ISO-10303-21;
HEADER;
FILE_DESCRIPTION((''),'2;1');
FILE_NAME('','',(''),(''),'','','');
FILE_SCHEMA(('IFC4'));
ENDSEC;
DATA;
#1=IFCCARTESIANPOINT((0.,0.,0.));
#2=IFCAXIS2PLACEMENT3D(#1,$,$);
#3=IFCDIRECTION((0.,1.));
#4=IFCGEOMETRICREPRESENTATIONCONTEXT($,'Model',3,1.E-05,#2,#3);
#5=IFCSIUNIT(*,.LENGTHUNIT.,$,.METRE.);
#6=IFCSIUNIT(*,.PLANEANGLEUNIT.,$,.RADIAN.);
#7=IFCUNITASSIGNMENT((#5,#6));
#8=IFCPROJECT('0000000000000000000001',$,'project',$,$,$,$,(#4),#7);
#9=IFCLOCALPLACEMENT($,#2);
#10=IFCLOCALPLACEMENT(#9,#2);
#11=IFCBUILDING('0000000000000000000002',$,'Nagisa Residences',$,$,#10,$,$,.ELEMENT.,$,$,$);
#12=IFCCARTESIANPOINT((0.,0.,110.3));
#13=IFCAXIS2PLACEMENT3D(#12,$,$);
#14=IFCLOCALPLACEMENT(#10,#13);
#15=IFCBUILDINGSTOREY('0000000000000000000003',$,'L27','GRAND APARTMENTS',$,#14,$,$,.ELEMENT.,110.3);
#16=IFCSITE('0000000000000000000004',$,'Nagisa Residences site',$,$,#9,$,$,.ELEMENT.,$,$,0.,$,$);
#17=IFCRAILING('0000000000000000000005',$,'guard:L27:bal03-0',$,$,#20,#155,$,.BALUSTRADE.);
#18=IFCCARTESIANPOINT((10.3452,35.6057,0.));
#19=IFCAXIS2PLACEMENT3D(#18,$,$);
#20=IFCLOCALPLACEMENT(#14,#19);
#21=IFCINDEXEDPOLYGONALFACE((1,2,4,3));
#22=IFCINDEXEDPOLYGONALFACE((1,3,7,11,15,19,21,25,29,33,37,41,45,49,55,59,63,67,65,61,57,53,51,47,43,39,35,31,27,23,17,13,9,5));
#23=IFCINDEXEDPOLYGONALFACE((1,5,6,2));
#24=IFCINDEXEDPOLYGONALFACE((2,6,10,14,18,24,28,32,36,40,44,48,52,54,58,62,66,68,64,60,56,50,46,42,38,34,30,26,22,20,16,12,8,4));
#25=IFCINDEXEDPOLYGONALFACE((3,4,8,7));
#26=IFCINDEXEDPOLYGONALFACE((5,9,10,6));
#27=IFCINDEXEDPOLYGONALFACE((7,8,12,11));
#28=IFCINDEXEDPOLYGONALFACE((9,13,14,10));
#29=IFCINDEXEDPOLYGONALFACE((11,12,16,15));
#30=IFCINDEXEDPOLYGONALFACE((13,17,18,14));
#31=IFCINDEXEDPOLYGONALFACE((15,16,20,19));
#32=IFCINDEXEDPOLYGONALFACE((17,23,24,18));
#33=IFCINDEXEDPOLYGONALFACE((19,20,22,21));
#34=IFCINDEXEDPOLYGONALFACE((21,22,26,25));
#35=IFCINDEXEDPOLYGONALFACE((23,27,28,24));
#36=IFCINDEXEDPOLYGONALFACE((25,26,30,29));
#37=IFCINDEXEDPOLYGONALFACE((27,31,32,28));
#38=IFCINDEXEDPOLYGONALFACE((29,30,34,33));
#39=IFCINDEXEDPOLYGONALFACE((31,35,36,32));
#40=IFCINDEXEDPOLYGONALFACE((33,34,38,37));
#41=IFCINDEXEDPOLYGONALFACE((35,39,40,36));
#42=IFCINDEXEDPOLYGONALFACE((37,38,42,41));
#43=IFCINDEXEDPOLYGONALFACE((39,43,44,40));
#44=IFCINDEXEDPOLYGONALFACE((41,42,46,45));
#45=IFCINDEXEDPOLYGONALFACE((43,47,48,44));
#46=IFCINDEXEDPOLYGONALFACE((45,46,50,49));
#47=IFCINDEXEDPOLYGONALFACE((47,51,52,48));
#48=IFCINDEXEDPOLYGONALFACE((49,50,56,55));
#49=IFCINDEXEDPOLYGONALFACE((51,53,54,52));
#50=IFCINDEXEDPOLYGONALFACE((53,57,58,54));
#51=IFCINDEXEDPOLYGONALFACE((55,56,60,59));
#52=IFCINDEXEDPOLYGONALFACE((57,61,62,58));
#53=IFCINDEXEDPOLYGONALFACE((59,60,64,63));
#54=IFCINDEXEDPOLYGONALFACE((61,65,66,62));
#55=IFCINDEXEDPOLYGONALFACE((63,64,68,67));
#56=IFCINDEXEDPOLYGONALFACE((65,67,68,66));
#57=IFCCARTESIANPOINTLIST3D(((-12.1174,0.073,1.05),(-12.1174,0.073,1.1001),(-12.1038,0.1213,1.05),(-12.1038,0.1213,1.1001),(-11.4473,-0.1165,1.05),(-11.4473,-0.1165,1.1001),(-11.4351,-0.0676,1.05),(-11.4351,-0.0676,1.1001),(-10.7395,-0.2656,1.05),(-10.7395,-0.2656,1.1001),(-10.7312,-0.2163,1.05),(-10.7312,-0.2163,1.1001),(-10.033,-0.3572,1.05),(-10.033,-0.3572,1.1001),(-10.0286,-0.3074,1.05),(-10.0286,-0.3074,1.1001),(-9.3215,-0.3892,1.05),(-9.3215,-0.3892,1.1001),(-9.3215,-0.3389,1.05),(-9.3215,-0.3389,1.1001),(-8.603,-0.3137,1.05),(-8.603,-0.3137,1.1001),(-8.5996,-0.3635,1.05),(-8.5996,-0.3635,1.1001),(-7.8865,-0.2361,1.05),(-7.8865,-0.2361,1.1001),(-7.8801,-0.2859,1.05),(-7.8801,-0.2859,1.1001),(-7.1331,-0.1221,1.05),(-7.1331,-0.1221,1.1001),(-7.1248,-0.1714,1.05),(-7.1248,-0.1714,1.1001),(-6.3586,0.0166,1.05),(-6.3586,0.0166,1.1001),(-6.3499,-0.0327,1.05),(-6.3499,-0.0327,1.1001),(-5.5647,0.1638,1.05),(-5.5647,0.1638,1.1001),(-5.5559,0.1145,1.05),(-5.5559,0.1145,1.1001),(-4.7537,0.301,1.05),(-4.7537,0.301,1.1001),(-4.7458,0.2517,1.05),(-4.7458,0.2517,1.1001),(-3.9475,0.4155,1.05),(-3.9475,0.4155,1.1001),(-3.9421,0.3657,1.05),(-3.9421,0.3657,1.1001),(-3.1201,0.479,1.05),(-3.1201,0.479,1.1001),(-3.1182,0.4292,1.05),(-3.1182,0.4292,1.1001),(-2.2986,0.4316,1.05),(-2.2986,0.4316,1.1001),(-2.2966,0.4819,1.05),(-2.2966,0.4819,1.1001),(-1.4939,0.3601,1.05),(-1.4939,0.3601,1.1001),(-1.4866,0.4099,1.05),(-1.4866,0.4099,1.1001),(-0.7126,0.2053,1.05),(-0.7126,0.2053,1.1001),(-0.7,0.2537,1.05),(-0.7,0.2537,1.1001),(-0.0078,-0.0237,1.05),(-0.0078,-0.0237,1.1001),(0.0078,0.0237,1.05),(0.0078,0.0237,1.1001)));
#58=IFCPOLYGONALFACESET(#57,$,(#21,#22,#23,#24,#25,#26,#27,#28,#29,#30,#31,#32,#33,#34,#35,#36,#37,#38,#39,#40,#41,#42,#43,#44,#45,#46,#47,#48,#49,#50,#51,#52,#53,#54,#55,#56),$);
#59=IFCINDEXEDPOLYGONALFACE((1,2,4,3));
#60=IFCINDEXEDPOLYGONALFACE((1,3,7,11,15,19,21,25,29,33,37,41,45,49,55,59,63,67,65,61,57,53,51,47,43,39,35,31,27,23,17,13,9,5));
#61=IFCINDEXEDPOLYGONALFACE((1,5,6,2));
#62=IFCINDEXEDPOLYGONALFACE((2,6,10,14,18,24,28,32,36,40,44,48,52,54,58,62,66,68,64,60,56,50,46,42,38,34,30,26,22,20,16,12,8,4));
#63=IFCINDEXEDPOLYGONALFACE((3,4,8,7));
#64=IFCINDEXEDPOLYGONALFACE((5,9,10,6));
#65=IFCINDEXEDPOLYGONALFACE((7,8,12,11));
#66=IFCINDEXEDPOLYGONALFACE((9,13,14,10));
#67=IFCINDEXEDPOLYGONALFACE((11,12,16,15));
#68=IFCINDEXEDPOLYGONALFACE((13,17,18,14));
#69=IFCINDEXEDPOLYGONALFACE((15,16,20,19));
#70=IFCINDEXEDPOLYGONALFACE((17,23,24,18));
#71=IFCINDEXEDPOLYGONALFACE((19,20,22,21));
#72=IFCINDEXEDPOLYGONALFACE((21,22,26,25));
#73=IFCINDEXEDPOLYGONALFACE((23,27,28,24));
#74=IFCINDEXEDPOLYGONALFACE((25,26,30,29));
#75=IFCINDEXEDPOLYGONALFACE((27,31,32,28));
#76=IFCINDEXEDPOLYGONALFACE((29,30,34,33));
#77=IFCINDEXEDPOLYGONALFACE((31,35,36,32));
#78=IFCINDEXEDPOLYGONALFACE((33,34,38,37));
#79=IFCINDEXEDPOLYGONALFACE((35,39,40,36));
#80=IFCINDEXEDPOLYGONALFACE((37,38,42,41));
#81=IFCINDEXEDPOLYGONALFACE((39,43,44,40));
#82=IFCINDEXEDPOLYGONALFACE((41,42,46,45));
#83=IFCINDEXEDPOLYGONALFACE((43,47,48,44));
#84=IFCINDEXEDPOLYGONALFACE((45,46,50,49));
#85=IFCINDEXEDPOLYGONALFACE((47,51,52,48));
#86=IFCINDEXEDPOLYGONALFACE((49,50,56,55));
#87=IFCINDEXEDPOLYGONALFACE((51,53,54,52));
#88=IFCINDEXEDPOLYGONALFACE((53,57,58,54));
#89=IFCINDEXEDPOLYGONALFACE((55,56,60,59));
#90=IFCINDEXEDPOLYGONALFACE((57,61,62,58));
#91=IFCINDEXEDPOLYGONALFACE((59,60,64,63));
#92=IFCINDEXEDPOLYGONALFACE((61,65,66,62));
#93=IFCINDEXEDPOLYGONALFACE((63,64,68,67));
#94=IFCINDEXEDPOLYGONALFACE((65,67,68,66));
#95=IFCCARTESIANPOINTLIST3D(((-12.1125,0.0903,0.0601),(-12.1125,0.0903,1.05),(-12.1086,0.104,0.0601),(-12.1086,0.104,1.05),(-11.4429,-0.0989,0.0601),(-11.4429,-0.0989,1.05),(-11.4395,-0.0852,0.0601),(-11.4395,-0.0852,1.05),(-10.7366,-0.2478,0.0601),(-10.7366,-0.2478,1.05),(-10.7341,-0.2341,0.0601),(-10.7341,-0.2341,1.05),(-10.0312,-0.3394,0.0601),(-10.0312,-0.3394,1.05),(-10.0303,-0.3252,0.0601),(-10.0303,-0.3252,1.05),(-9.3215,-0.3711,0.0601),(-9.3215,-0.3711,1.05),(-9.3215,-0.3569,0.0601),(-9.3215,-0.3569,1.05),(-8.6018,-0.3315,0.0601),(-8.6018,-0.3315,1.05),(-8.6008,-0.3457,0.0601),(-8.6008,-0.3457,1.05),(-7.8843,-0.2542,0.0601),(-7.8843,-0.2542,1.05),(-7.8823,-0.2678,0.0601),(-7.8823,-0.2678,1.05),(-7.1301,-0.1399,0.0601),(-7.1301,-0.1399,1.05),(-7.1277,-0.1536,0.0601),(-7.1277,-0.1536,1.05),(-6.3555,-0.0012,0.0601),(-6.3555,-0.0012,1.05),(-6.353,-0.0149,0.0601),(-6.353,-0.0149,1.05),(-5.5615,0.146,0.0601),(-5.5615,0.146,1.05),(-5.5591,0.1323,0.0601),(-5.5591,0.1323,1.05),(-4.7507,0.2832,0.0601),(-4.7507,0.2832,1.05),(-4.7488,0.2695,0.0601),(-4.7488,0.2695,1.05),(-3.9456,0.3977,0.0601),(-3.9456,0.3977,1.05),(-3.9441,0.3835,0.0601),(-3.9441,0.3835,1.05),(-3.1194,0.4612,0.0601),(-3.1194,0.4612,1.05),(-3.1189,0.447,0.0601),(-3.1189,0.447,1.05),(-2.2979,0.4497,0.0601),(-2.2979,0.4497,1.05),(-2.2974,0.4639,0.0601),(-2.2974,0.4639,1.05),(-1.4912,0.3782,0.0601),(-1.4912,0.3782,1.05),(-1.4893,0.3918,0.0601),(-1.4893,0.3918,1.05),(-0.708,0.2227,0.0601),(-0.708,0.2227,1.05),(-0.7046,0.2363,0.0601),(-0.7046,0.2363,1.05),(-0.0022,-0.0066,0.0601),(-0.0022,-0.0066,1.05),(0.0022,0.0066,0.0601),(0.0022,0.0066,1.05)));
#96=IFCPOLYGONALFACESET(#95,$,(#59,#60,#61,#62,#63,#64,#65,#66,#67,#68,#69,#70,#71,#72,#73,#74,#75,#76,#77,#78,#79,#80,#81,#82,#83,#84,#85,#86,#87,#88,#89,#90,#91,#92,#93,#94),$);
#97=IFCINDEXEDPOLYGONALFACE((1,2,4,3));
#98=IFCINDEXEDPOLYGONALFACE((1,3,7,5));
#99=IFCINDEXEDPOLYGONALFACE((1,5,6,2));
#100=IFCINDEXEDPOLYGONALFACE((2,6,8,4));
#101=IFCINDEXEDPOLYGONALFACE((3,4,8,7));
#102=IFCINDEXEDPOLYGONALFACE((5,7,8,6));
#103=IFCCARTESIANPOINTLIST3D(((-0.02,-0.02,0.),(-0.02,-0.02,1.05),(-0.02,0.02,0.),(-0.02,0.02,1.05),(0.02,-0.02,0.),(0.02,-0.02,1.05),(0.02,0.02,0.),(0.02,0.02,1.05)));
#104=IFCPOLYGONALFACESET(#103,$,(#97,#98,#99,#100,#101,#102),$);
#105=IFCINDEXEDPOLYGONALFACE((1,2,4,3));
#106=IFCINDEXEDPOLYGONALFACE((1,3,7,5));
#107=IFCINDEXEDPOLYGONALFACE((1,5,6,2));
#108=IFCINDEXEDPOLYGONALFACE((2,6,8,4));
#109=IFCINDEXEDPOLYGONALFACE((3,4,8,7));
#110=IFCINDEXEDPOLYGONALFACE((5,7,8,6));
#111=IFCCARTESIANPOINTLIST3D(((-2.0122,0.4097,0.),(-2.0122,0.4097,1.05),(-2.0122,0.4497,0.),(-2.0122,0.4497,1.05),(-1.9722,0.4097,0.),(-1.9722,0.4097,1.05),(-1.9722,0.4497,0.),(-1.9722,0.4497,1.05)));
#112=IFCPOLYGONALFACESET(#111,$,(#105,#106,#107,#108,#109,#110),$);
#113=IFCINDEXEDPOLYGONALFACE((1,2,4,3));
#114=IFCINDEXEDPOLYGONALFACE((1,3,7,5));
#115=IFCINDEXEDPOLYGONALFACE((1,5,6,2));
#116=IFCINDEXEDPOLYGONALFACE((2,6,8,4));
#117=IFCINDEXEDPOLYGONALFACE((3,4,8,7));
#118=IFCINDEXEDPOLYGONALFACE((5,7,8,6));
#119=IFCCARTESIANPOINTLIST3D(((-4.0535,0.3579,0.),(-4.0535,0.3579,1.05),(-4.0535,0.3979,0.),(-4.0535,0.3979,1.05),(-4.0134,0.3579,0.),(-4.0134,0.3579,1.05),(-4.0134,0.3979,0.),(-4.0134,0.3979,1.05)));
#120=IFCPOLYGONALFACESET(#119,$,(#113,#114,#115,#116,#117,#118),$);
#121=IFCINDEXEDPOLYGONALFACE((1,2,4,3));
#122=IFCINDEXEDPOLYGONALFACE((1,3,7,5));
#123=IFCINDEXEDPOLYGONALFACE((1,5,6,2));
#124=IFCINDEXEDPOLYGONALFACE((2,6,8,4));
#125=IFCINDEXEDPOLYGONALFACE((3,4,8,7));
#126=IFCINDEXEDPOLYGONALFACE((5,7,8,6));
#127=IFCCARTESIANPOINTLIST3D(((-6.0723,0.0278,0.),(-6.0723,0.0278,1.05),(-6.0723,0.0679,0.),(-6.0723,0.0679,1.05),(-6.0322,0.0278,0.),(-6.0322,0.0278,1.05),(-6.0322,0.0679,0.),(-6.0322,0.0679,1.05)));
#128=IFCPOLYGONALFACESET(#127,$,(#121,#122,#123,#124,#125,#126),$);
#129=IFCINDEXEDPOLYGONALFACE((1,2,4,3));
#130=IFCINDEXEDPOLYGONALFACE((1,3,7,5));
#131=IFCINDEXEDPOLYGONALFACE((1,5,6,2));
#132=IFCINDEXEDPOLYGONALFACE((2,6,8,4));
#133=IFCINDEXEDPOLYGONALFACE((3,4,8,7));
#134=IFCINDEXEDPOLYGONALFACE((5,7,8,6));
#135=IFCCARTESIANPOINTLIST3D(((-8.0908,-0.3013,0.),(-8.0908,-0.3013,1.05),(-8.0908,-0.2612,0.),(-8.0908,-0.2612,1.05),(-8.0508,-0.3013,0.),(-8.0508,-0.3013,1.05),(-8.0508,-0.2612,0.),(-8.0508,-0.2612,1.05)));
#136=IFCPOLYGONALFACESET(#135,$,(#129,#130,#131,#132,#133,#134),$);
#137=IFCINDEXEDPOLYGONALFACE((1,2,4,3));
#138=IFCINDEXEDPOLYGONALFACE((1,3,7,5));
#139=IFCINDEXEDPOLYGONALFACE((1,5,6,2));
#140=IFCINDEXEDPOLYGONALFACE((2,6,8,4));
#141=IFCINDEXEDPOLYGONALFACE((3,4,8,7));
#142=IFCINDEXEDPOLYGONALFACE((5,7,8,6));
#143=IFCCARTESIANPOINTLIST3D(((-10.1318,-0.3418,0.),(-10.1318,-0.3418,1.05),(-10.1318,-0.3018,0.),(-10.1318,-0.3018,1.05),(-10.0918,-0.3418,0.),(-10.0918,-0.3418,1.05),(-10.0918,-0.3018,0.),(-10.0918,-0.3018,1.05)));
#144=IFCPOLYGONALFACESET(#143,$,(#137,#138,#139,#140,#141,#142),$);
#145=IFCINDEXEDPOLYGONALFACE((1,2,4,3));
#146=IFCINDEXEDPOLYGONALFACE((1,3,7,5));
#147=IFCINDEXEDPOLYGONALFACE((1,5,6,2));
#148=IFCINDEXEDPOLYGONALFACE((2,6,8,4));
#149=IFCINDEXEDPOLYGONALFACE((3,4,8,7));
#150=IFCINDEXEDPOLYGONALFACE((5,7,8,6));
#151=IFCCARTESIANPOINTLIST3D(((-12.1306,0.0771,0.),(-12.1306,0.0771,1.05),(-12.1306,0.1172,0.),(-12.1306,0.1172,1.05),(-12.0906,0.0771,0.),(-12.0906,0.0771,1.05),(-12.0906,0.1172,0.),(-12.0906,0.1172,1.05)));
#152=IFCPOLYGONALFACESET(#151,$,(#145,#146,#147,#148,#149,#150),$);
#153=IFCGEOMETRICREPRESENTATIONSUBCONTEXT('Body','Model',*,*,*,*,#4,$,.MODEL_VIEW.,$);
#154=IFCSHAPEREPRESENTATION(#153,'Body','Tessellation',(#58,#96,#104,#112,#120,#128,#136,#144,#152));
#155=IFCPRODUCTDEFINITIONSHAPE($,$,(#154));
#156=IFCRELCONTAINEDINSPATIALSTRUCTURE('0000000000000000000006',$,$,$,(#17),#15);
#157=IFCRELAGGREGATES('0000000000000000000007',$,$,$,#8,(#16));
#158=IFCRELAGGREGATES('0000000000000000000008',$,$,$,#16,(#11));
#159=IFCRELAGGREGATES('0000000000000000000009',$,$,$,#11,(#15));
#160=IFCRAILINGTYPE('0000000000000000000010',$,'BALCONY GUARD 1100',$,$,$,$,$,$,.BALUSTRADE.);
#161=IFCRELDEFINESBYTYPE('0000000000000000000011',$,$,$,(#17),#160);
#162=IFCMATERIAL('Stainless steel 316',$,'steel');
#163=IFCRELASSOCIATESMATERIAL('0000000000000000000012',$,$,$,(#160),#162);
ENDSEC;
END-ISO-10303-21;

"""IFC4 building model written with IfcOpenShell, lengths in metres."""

from ifc_helpers import new_model, si_unit, direction, frame, origin, origin_2d, place, context, subcontext, project, spatial, polyline, rectangle, outline, extrude, material, type_object, element, save


model = new_model("IFC4")

# Units and contexts
model_context = context("Model", 3, precision=1e-05, world=origin(), true_north=direction((0.0, 1.0)))
body_context = subcontext(model_context, "Body", "Model", "MODEL_VIEW")
ifc_project = project(units=[si_unit("LENGTHUNIT", "METRE"), si_unit("PLANEANGLEUNIT", "RADIAN")], contexts=[model_context])

# Site, building, storey
site_placement = place(None, origin())
site = spatial("IfcSite", under=ifc_project, at=site_placement, Name="Nagisa Residences site", CompositionType="ELEMENT", RefElevation=0.0)
building_placement = place(site_placement, origin())
building = spatial("IfcBuilding", under=site, at=building_placement, Name="Nagisa Residences", CompositionType="ELEMENT")
storey_placement = place(building_placement, frame((0.0, 0.0, 110.3)))
storey = spatial("IfcBuildingStorey", under=building, at=storey_placement, Name="L27", Description="GRAND APARTMENTS", CompositionType="ELEMENT", Elevation=110.3)

# Railing
ifc_material_1 = material(Name="Stainless steel 316", Category="steel")
railing_type = type_object("IfcRailingType", Name="BALCONY GUARD 1100", PredefinedType="BALUSTRADE", material=ifc_material_1)
railing_placement = place(storey_placement, frame((10.3452, 35.6057, 0.0)))
element("IfcRailing", 1, at=railing_placement, inside=storey, type_object=railing_type, Name="guard:L27:bal03-0", PredefinedType="BALUSTRADE", context=body_context, shape_type="SweptSolid", body=[
    extrude(outline(polyline([(-0.7126, 0.2053), (-0.0078, -0.0237), (0.0078, 0.0237), (-0.7, 0.2537), (-1.4866, 0.4099), (-2.2966, 0.4819), (-3.1201, 0.479), (-3.9475, 0.4155), (-4.7537, 0.301), (-5.5647, 0.1638), (-6.3586, 0.0166), (-7.1331, -0.1221), (-7.8865, -0.2361), (-8.603, -0.3137), (-9.3215, -0.3389), (-10.0286, -0.3074), (-10.7312, -0.2163), (-11.4351, -0.0676), (-12.1038, 0.1213), (-12.1174, 0.073), (-11.4473, -0.1165), (-10.7395, -0.2656), (-10.033, -0.3572), (-9.3215, -0.3892), (-8.5996, -0.3635), (-7.8801, -0.2859), (-7.1248, -0.1714), (-6.3499, -0.0327), (-5.5559, 0.1145), (-4.7458, 0.2517), (-3.9421, 0.3657), (-3.1182, 0.4292), (-2.2986, 0.4316), (-1.4939, 0.3601), (-0.7126, 0.2053)])), frame((0.0, 0.0, 1.05)), (0.0, 0.0, 1.0), 0.05),
    extrude(outline(polyline([(-0.708, 0.2227), (-0.0022, -0.0066), (0.0022, 0.0066), (-0.7046, 0.2363), (-1.4893, 0.3918), (-2.2974, 0.4639), (-3.1194, 0.4612), (-3.9456, 0.3977), (-4.7507, 0.2832), (-5.5615, 0.146), (-6.3555, -0.0012), (-7.1301, -0.1399), (-7.8843, -0.2542), (-8.6018, -0.3315), (-9.3215, -0.3569), (-10.0303, -0.3252), (-10.7341, -0.2341), (-11.4395, -0.0852), (-12.1086, 0.104), (-12.1125, 0.0903), (-11.4429, -0.0989), (-10.7366, -0.2478), (-10.0312, -0.3394), (-9.3215, -0.3711), (-8.6008, -0.3457), (-7.8823, -0.2678), (-7.1277, -0.1536), (-6.353, -0.0149), (-5.5591, 0.1323), (-4.7488, 0.2695), (-3.9441, 0.3835), (-3.1189, 0.447), (-2.2979, 0.4497), (-1.4912, 0.3782), (-0.708, 0.2227)])), frame((0.0, 0.0, 0.0601)), (0.0, 0.0, 1.0), 0.99),
    extrude(rectangle(XDim=0.04, YDim=0.04, at=origin_2d()), origin(), (0.0, 0.0, 1.0), 1.05),
    extrude(rectangle(XDim=0.04, YDim=0.04, at=origin_2d()), frame((-1.9922, 0.4297, 0.0)), (0.0, 0.0, 1.0), 1.05),
    extrude(rectangle(XDim=0.04, YDim=0.04, at=origin_2d()), frame((-4.0334, 0.3779, 0.0)), (0.0, 0.0, 1.0), 1.05),
    extrude(rectangle(XDim=0.04, YDim=0.04, at=origin_2d()), frame((-6.0522, 0.0479, 0.0)), (0.0, 0.0, 1.0), 1.05),
    extrude(rectangle(XDim=0.04, YDim=0.04, at=origin_2d()), frame((-8.0708, -0.2812, 0.0)), (0.0, 0.0, 1.0), 1.05),
    extrude(rectangle(XDim=0.04, YDim=0.04, at=origin_2d()), frame((-10.1118, -0.3218, 0.0)), (0.0, 0.0, 1.0), 1.05),
    extrude(rectangle(XDim=0.04, YDim=0.04, at=origin_2d()), frame((-12.1106, 0.0972, 0.0)), (0.0, 0.0, 1.0), 1.05),
])

save(model, "model.ifc")
